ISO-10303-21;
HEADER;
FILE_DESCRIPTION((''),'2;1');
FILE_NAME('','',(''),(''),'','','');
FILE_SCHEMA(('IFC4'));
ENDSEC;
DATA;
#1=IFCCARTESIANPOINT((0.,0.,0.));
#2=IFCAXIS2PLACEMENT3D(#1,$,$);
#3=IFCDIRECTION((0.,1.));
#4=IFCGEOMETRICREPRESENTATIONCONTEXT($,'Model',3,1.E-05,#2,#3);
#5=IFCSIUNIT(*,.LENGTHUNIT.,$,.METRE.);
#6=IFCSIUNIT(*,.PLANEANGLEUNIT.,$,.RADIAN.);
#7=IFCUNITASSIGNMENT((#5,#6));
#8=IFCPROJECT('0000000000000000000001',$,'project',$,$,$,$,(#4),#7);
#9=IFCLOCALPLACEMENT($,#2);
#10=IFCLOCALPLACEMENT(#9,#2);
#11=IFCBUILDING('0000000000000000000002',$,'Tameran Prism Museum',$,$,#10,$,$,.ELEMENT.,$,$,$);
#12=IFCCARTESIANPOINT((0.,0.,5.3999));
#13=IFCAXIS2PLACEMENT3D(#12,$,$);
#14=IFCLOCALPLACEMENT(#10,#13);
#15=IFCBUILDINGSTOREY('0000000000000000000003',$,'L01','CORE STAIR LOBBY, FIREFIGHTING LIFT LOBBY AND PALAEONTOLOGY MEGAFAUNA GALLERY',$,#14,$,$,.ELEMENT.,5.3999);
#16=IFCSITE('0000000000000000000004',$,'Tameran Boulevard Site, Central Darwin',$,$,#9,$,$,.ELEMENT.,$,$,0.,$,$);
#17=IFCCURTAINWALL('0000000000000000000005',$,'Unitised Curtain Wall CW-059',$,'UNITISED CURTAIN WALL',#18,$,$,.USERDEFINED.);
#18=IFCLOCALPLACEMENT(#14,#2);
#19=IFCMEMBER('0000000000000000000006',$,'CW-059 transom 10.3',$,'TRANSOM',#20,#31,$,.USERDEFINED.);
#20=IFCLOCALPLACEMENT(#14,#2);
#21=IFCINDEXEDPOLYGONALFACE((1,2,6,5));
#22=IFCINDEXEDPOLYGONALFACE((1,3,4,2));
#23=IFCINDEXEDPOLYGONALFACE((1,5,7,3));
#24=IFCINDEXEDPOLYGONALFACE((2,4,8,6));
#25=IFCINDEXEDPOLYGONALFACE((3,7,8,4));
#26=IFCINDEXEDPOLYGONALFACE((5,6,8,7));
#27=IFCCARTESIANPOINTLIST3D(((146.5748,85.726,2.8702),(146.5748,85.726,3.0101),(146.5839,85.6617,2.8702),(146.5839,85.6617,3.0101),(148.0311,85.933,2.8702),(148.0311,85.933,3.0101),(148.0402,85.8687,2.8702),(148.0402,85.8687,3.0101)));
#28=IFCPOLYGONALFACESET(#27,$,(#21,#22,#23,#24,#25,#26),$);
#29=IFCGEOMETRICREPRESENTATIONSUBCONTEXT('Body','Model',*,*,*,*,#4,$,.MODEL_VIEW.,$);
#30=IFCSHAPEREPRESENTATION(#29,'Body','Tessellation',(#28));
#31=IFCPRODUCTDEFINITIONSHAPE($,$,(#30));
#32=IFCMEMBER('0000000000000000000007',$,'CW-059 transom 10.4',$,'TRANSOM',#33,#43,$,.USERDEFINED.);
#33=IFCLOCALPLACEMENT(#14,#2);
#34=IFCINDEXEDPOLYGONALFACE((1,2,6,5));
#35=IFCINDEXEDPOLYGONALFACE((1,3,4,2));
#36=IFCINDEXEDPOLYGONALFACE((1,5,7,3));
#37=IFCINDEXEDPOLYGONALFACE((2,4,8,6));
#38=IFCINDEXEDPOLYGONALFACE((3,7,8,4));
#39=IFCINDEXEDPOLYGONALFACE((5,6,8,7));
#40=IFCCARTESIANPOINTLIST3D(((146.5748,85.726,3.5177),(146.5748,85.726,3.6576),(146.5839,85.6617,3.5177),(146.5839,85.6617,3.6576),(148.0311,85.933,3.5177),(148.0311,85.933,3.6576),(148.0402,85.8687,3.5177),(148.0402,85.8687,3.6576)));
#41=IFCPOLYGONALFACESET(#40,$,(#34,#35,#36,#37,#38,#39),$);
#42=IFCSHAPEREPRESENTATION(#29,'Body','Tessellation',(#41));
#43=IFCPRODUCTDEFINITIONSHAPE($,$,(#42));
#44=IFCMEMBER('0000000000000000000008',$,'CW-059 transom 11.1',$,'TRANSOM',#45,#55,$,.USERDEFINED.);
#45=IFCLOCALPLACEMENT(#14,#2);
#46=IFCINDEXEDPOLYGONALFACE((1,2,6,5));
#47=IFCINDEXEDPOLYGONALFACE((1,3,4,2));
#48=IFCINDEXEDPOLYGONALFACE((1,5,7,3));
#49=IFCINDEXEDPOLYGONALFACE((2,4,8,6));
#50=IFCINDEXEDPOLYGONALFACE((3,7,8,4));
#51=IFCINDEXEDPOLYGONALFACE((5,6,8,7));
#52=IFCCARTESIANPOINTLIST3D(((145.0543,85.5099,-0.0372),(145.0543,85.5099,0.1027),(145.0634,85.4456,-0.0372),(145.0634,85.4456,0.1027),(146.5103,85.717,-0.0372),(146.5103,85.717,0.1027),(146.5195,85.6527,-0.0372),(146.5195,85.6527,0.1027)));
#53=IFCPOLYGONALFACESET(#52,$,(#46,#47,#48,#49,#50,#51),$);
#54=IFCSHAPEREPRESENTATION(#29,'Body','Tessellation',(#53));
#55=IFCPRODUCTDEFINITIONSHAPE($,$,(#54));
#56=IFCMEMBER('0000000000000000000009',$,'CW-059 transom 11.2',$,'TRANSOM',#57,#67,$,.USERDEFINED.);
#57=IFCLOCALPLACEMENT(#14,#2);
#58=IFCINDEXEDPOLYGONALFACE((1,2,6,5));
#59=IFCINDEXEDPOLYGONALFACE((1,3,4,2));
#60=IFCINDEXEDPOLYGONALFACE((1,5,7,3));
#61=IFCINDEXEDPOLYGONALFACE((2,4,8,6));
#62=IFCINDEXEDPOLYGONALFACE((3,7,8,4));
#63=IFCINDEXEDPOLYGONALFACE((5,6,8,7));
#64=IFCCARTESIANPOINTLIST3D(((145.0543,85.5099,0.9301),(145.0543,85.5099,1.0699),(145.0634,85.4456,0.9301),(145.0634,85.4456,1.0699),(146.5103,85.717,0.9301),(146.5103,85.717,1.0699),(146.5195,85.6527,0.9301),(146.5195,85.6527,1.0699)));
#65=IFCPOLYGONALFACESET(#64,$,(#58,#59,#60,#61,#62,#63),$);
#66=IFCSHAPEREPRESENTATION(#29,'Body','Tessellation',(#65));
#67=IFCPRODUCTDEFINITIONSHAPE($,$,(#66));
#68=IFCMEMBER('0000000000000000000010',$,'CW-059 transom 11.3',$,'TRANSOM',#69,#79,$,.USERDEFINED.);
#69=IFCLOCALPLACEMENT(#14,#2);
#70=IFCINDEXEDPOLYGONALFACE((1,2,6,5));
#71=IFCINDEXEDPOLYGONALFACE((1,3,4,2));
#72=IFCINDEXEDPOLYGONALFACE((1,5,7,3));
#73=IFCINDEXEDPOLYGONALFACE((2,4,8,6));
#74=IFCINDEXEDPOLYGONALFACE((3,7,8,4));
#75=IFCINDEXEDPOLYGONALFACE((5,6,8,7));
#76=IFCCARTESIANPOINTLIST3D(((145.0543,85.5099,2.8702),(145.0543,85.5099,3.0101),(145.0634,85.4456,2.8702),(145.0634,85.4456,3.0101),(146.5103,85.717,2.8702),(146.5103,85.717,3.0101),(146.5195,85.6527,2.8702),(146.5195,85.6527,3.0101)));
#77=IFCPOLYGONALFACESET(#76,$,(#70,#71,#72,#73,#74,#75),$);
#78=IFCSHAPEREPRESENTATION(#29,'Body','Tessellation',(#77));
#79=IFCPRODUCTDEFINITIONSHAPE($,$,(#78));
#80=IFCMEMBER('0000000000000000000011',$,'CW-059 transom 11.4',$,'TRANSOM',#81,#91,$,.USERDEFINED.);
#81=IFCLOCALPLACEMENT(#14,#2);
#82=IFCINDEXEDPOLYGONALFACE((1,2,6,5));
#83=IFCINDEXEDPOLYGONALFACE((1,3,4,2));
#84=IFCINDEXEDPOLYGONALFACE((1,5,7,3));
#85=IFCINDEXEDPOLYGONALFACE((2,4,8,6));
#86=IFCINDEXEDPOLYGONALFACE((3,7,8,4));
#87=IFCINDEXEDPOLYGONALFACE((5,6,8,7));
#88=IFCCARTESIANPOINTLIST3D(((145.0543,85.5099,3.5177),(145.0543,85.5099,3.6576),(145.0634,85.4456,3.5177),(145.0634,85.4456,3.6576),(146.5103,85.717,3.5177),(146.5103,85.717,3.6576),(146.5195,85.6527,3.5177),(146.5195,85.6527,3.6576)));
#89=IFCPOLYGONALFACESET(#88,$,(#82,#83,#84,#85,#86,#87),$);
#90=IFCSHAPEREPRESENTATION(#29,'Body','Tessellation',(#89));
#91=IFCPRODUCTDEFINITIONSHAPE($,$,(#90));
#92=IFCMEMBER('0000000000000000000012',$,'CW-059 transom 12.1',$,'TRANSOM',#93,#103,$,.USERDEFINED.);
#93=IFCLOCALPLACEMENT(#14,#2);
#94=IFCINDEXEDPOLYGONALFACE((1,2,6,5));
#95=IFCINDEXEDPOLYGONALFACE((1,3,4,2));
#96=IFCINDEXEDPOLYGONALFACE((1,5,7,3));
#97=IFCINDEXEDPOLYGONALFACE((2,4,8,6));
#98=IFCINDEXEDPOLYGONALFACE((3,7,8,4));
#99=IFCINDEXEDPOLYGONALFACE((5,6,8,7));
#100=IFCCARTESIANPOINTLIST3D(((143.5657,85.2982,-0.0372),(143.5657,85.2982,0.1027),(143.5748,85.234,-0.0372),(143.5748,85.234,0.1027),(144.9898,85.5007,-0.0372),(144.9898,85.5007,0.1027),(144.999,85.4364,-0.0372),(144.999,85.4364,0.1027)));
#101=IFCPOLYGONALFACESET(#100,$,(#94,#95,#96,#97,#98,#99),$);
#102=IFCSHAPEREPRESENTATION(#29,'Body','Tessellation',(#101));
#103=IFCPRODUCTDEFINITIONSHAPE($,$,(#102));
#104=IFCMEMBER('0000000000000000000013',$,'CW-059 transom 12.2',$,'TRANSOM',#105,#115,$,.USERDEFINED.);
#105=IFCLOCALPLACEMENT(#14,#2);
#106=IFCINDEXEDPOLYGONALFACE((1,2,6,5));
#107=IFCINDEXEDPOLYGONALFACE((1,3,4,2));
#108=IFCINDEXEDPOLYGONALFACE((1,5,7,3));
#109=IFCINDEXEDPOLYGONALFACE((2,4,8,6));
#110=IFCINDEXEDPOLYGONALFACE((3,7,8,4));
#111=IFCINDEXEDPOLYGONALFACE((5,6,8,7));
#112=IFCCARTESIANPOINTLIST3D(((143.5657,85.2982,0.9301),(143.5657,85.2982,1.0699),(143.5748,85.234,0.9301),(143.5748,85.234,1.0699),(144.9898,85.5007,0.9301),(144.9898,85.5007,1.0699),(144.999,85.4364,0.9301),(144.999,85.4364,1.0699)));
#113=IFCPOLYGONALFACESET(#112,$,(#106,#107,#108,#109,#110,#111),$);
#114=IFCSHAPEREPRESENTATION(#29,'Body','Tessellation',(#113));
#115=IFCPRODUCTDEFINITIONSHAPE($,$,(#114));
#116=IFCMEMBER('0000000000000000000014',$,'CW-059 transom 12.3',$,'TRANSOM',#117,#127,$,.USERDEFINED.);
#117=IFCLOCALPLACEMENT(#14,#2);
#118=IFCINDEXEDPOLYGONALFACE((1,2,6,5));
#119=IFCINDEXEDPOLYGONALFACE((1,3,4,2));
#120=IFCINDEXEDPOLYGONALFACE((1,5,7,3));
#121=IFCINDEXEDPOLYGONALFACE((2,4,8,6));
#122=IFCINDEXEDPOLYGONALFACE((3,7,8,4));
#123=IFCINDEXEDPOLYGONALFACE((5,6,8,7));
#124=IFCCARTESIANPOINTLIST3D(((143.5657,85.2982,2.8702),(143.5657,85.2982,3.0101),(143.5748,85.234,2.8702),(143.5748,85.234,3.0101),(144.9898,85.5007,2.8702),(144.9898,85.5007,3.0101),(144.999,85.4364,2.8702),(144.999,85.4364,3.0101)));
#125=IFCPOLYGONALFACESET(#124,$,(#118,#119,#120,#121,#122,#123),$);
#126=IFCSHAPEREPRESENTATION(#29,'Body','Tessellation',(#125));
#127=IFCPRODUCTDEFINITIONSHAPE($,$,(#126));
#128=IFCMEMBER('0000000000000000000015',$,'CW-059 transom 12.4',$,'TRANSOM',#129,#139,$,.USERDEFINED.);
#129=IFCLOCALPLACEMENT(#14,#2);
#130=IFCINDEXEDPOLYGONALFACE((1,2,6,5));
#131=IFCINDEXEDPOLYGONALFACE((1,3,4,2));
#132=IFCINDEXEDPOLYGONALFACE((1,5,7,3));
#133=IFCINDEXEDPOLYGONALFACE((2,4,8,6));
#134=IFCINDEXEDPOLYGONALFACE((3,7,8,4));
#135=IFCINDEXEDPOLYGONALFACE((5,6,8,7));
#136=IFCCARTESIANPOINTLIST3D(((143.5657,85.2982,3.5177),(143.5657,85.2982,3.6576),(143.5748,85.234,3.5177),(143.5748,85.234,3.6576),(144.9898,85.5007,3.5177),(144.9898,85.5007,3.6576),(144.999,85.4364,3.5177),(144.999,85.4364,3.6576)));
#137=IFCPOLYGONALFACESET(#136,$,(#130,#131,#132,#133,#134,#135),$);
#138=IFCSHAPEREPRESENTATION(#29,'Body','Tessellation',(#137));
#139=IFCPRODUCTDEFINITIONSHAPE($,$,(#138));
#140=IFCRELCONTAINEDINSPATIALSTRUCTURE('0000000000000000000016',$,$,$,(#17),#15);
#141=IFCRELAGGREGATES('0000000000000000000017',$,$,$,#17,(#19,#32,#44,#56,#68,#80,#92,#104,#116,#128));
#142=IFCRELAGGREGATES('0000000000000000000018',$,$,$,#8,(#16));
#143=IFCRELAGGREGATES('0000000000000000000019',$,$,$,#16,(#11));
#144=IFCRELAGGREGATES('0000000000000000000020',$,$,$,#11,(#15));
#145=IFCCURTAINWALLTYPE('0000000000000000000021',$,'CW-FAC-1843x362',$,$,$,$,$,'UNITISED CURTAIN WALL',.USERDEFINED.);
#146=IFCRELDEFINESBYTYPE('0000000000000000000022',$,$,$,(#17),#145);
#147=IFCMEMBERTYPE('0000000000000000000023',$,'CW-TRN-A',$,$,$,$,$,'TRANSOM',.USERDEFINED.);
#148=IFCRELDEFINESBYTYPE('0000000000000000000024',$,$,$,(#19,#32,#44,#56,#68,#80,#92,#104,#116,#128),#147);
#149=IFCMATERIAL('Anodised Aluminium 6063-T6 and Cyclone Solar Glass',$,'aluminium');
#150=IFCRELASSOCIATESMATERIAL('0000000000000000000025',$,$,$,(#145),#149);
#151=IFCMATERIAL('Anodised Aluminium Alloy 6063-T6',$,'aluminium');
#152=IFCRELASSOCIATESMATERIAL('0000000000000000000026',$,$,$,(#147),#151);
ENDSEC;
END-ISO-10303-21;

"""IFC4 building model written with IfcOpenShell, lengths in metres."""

from ifc_helpers import new_model, si_unit, direction, frame, origin, origin_2d, place, context, subcontext, project, spatial, rectangle, extrude, material, material_profile, profile_set, type_object, element, aggregate, save


model = new_model("IFC4")

# Units and contexts
model_context = context("Model", 3, precision=1e-05, world=origin(), true_north=direction((0.0, 1.0)))
body_context = subcontext(model_context, "Body", "Model", "MODEL_VIEW")
ifc_project = project(units=[si_unit("LENGTHUNIT", "METRE"), si_unit("PLANEANGLEUNIT", "RADIAN")], contexts=[model_context])

# Site, building, storey
site_placement = place(None, origin())
site = spatial("IfcSite", under=ifc_project, at=site_placement, Name="Tameran Boulevard Site, Central Darwin", CompositionType="ELEMENT", RefElevation=0.0)
building_placement = place(site_placement, origin())
building = spatial("IfcBuilding", under=site, at=building_placement, Name="Tameran Prism Museum", CompositionType="ELEMENT")
storey_placement = place(building_placement, frame((0.0, 0.0, 5.3999)))
storey = spatial("IfcBuildingStorey", under=building, at=storey_placement, Name="L01", Description="CORE STAIR LOBBY, FIREFIGHTING LIFT LOBBY AND PALAEONTOLOGY MEGAFAUNA GALLERY", CompositionType="ELEMENT", Elevation=5.3999)

# Curtain wall, members
ifc_material_1 = material(Name="Anodised Aluminium 6063-T6 and Cyclone Solar Glass", Category="aluminium")
curtain_wall_type = type_object("IfcCurtainWallType", Name="CW-FAC-1843x362", ElementType="UNITISED CURTAIN WALL", PredefinedType="USERDEFINED", material=ifc_material_1)
curtain_wall_placement = place(storey_placement, origin())
curtain_wall = element("IfcCurtainWall", 1, at=curtain_wall_placement, inside=storey, type_object=curtain_wall_type, Name="Unitised Curtain Wall CW-059", ObjectType="UNITISED CURTAIN WALL", PredefinedType="USERDEFINED")
ifc_material_2 = material(Name="Anodised Aluminium Alloy 6063-T6", Category="aluminium")
ifc_material_profile_1 = material_profile(ifc_material_2, rectangle(XDim=0.0649, YDim=0.1399, at=origin_2d()))
ifc_profile_set_1 = profile_set([ifc_material_profile_1])
member_type_1 = type_object("IfcMemberType", Name="CW-TRN-A", ElementType="TRANSOM", PredefinedType="USERDEFINED", material=ifc_profile_set_1)
member_1_placement = place(storey_placement, frame((148.0356, 85.9009, 2.9402), z_axis=(-0.990046, -0.140747, 0.0), x_axis=(0.140747, -0.990046, 0.0)))
member_1 = element("IfcMember", 2, at=member_1_placement, type_object=member_type_1, Name="CW-059 transom 10.3", ObjectType="TRANSOM", PredefinedType="USERDEFINED", context=body_context, shape_type="SweptSolid", body=[
    extrude(rectangle(XDim=0.0649, YDim=0.1399, at=origin_2d()), origin(), (0.0, 0.0, 1.0), 1.4709),
])
member_2_placement = place(storey_placement, frame((148.0356, 85.9009, 3.5876), z_axis=(-0.990046, -0.140747, 0.0), x_axis=(0.140747, -0.990046, 0.0)))
member_2 = element("IfcMember", 3, at=member_2_placement, type_object=member_type_1, Name="CW-059 transom 10.4", ObjectType="TRANSOM", PredefinedType="USERDEFINED", context=body_context, shape_type="SweptSolid", body=[
    extrude(rectangle(XDim=0.0649, YDim=0.1399, at=origin_2d()), origin(), (0.0, 0.0, 1.0), 1.4709),
])
member_3_placement = place(storey_placement, frame((146.5149, 85.6848, 0.0327), z_axis=(-0.990042, -0.140771, 0.0), x_axis=(0.140771, -0.990042, 0.0)))
member_3 = element("IfcMember", 4, at=member_3_placement, type_object=member_type_1, Name="CW-059 transom 11.1", ObjectType="TRANSOM", PredefinedType="USERDEFINED", context=body_context, shape_type="SweptSolid", body=[
    extrude(rectangle(XDim=0.0649, YDim=0.1399, at=origin_2d()), origin(), (0.0, 0.0, 1.0), 1.4707),
])
member_4_placement = place(storey_placement, frame((146.5149, 85.6848, 1.0), z_axis=(-0.990042, -0.140771, 0.0), x_axis=(0.140771, -0.990042, 0.0)))
member_4 = element("IfcMember", 5, at=member_4_placement, type_object=member_type_1, Name="CW-059 transom 11.2", ObjectType="TRANSOM", PredefinedType="USERDEFINED", context=body_context, shape_type="SweptSolid", body=[
    extrude(rectangle(XDim=0.0649, YDim=0.1399, at=origin_2d()), origin(), (0.0, 0.0, 1.0), 1.4707),
])
member_5_placement = place(storey_placement, frame((146.5149, 85.6848, 2.9402), z_axis=(-0.990042, -0.140771, 0.0), x_axis=(0.140771, -0.990042, 0.0)))
member_5 = element("IfcMember", 6, at=member_5_placement, type_object=member_type_1, Name="CW-059 transom 11.3", ObjectType="TRANSOM", PredefinedType="USERDEFINED", context=body_context, shape_type="SweptSolid", body=[
    extrude(rectangle(XDim=0.0649, YDim=0.1399, at=origin_2d()), origin(), (0.0, 0.0, 1.0), 1.4707),
])
member_6_placement = place(storey_placement, frame((146.5149, 85.6848, 3.5876), z_axis=(-0.990042, -0.140771, 0.0), x_axis=(0.140771, -0.990042, 0.0)))
member_6 = element("IfcMember", 7, at=member_6_placement, type_object=member_type_1, Name="CW-059 transom 11.4", ObjectType="TRANSOM", PredefinedType="USERDEFINED", context=body_context, shape_type="SweptSolid", body=[
    extrude(rectangle(XDim=0.0649, YDim=0.1399, at=origin_2d()), origin(), (0.0, 0.0, 1.0), 1.4707),
])
member_7_placement = place(storey_placement, frame((144.9944, 85.4685, 0.0327), z_axis=(-0.990051, -0.140708, 0.0), x_axis=(0.140708, -0.990051, 0.0)))
member_7 = element("IfcMember", 8, at=member_7_placement, type_object=member_type_1, Name="CW-059 transom 12.1", ObjectType="TRANSOM", PredefinedType="USERDEFINED", context=body_context, shape_type="SweptSolid", body=[
    extrude(rectangle(XDim=0.0649, YDim=0.1399, at=origin_2d()), origin(), (0.0, 0.0, 1.0), 1.4385),
])
member_8_placement = place(storey_placement, frame((144.9944, 85.4685, 1.0), z_axis=(-0.990051, -0.140708, 0.0), x_axis=(0.140708, -0.990051, 0.0)))
member_8 = element("IfcMember", 9, at=member_8_placement, type_object=member_type_1, Name="CW-059 transom 12.2", ObjectType="TRANSOM", PredefinedType="USERDEFINED", context=body_context, shape_type="SweptSolid", body=[
    extrude(rectangle(XDim=0.0649, YDim=0.1399, at=origin_2d()), origin(), (0.0, 0.0, 1.0), 1.4385),
])
member_9_placement = place(storey_placement, frame((144.9944, 85.4685, 2.9402), z_axis=(-0.990051, -0.140708, 0.0), x_axis=(0.140708, -0.990051, 0.0)))
member_9 = element("IfcMember", 10, at=member_9_placement, type_object=member_type_1, Name="CW-059 transom 12.3", ObjectType="TRANSOM", PredefinedType="USERDEFINED", context=body_context, shape_type="SweptSolid", body=[
    extrude(rectangle(XDim=0.0649, YDim=0.1399, at=origin_2d()), origin(), (0.0, 0.0, 1.0), 1.4385),
])
member_10_placement = place(storey_placement, frame((144.9944, 85.4685, 3.5876), z_axis=(-0.990051, -0.140708, 0.0), x_axis=(0.140708, -0.990051, 0.0)))
member_10 = element("IfcMember", 11, at=member_10_placement, type_object=member_type_1, Name="CW-059 transom 12.4", ObjectType="TRANSOM", PredefinedType="USERDEFINED", context=body_context, shape_type="SweptSolid", body=[
    extrude(rectangle(XDim=0.0649, YDim=0.1399, at=origin_2d()), origin(), (0.0, 0.0, 1.0), 1.4385),
])

aggregate(curtain_wall, [member_1, member_2, member_3, member_4, member_5, member_6, member_7, member_8, member_9, member_10])

save(model, "model.ifc")
